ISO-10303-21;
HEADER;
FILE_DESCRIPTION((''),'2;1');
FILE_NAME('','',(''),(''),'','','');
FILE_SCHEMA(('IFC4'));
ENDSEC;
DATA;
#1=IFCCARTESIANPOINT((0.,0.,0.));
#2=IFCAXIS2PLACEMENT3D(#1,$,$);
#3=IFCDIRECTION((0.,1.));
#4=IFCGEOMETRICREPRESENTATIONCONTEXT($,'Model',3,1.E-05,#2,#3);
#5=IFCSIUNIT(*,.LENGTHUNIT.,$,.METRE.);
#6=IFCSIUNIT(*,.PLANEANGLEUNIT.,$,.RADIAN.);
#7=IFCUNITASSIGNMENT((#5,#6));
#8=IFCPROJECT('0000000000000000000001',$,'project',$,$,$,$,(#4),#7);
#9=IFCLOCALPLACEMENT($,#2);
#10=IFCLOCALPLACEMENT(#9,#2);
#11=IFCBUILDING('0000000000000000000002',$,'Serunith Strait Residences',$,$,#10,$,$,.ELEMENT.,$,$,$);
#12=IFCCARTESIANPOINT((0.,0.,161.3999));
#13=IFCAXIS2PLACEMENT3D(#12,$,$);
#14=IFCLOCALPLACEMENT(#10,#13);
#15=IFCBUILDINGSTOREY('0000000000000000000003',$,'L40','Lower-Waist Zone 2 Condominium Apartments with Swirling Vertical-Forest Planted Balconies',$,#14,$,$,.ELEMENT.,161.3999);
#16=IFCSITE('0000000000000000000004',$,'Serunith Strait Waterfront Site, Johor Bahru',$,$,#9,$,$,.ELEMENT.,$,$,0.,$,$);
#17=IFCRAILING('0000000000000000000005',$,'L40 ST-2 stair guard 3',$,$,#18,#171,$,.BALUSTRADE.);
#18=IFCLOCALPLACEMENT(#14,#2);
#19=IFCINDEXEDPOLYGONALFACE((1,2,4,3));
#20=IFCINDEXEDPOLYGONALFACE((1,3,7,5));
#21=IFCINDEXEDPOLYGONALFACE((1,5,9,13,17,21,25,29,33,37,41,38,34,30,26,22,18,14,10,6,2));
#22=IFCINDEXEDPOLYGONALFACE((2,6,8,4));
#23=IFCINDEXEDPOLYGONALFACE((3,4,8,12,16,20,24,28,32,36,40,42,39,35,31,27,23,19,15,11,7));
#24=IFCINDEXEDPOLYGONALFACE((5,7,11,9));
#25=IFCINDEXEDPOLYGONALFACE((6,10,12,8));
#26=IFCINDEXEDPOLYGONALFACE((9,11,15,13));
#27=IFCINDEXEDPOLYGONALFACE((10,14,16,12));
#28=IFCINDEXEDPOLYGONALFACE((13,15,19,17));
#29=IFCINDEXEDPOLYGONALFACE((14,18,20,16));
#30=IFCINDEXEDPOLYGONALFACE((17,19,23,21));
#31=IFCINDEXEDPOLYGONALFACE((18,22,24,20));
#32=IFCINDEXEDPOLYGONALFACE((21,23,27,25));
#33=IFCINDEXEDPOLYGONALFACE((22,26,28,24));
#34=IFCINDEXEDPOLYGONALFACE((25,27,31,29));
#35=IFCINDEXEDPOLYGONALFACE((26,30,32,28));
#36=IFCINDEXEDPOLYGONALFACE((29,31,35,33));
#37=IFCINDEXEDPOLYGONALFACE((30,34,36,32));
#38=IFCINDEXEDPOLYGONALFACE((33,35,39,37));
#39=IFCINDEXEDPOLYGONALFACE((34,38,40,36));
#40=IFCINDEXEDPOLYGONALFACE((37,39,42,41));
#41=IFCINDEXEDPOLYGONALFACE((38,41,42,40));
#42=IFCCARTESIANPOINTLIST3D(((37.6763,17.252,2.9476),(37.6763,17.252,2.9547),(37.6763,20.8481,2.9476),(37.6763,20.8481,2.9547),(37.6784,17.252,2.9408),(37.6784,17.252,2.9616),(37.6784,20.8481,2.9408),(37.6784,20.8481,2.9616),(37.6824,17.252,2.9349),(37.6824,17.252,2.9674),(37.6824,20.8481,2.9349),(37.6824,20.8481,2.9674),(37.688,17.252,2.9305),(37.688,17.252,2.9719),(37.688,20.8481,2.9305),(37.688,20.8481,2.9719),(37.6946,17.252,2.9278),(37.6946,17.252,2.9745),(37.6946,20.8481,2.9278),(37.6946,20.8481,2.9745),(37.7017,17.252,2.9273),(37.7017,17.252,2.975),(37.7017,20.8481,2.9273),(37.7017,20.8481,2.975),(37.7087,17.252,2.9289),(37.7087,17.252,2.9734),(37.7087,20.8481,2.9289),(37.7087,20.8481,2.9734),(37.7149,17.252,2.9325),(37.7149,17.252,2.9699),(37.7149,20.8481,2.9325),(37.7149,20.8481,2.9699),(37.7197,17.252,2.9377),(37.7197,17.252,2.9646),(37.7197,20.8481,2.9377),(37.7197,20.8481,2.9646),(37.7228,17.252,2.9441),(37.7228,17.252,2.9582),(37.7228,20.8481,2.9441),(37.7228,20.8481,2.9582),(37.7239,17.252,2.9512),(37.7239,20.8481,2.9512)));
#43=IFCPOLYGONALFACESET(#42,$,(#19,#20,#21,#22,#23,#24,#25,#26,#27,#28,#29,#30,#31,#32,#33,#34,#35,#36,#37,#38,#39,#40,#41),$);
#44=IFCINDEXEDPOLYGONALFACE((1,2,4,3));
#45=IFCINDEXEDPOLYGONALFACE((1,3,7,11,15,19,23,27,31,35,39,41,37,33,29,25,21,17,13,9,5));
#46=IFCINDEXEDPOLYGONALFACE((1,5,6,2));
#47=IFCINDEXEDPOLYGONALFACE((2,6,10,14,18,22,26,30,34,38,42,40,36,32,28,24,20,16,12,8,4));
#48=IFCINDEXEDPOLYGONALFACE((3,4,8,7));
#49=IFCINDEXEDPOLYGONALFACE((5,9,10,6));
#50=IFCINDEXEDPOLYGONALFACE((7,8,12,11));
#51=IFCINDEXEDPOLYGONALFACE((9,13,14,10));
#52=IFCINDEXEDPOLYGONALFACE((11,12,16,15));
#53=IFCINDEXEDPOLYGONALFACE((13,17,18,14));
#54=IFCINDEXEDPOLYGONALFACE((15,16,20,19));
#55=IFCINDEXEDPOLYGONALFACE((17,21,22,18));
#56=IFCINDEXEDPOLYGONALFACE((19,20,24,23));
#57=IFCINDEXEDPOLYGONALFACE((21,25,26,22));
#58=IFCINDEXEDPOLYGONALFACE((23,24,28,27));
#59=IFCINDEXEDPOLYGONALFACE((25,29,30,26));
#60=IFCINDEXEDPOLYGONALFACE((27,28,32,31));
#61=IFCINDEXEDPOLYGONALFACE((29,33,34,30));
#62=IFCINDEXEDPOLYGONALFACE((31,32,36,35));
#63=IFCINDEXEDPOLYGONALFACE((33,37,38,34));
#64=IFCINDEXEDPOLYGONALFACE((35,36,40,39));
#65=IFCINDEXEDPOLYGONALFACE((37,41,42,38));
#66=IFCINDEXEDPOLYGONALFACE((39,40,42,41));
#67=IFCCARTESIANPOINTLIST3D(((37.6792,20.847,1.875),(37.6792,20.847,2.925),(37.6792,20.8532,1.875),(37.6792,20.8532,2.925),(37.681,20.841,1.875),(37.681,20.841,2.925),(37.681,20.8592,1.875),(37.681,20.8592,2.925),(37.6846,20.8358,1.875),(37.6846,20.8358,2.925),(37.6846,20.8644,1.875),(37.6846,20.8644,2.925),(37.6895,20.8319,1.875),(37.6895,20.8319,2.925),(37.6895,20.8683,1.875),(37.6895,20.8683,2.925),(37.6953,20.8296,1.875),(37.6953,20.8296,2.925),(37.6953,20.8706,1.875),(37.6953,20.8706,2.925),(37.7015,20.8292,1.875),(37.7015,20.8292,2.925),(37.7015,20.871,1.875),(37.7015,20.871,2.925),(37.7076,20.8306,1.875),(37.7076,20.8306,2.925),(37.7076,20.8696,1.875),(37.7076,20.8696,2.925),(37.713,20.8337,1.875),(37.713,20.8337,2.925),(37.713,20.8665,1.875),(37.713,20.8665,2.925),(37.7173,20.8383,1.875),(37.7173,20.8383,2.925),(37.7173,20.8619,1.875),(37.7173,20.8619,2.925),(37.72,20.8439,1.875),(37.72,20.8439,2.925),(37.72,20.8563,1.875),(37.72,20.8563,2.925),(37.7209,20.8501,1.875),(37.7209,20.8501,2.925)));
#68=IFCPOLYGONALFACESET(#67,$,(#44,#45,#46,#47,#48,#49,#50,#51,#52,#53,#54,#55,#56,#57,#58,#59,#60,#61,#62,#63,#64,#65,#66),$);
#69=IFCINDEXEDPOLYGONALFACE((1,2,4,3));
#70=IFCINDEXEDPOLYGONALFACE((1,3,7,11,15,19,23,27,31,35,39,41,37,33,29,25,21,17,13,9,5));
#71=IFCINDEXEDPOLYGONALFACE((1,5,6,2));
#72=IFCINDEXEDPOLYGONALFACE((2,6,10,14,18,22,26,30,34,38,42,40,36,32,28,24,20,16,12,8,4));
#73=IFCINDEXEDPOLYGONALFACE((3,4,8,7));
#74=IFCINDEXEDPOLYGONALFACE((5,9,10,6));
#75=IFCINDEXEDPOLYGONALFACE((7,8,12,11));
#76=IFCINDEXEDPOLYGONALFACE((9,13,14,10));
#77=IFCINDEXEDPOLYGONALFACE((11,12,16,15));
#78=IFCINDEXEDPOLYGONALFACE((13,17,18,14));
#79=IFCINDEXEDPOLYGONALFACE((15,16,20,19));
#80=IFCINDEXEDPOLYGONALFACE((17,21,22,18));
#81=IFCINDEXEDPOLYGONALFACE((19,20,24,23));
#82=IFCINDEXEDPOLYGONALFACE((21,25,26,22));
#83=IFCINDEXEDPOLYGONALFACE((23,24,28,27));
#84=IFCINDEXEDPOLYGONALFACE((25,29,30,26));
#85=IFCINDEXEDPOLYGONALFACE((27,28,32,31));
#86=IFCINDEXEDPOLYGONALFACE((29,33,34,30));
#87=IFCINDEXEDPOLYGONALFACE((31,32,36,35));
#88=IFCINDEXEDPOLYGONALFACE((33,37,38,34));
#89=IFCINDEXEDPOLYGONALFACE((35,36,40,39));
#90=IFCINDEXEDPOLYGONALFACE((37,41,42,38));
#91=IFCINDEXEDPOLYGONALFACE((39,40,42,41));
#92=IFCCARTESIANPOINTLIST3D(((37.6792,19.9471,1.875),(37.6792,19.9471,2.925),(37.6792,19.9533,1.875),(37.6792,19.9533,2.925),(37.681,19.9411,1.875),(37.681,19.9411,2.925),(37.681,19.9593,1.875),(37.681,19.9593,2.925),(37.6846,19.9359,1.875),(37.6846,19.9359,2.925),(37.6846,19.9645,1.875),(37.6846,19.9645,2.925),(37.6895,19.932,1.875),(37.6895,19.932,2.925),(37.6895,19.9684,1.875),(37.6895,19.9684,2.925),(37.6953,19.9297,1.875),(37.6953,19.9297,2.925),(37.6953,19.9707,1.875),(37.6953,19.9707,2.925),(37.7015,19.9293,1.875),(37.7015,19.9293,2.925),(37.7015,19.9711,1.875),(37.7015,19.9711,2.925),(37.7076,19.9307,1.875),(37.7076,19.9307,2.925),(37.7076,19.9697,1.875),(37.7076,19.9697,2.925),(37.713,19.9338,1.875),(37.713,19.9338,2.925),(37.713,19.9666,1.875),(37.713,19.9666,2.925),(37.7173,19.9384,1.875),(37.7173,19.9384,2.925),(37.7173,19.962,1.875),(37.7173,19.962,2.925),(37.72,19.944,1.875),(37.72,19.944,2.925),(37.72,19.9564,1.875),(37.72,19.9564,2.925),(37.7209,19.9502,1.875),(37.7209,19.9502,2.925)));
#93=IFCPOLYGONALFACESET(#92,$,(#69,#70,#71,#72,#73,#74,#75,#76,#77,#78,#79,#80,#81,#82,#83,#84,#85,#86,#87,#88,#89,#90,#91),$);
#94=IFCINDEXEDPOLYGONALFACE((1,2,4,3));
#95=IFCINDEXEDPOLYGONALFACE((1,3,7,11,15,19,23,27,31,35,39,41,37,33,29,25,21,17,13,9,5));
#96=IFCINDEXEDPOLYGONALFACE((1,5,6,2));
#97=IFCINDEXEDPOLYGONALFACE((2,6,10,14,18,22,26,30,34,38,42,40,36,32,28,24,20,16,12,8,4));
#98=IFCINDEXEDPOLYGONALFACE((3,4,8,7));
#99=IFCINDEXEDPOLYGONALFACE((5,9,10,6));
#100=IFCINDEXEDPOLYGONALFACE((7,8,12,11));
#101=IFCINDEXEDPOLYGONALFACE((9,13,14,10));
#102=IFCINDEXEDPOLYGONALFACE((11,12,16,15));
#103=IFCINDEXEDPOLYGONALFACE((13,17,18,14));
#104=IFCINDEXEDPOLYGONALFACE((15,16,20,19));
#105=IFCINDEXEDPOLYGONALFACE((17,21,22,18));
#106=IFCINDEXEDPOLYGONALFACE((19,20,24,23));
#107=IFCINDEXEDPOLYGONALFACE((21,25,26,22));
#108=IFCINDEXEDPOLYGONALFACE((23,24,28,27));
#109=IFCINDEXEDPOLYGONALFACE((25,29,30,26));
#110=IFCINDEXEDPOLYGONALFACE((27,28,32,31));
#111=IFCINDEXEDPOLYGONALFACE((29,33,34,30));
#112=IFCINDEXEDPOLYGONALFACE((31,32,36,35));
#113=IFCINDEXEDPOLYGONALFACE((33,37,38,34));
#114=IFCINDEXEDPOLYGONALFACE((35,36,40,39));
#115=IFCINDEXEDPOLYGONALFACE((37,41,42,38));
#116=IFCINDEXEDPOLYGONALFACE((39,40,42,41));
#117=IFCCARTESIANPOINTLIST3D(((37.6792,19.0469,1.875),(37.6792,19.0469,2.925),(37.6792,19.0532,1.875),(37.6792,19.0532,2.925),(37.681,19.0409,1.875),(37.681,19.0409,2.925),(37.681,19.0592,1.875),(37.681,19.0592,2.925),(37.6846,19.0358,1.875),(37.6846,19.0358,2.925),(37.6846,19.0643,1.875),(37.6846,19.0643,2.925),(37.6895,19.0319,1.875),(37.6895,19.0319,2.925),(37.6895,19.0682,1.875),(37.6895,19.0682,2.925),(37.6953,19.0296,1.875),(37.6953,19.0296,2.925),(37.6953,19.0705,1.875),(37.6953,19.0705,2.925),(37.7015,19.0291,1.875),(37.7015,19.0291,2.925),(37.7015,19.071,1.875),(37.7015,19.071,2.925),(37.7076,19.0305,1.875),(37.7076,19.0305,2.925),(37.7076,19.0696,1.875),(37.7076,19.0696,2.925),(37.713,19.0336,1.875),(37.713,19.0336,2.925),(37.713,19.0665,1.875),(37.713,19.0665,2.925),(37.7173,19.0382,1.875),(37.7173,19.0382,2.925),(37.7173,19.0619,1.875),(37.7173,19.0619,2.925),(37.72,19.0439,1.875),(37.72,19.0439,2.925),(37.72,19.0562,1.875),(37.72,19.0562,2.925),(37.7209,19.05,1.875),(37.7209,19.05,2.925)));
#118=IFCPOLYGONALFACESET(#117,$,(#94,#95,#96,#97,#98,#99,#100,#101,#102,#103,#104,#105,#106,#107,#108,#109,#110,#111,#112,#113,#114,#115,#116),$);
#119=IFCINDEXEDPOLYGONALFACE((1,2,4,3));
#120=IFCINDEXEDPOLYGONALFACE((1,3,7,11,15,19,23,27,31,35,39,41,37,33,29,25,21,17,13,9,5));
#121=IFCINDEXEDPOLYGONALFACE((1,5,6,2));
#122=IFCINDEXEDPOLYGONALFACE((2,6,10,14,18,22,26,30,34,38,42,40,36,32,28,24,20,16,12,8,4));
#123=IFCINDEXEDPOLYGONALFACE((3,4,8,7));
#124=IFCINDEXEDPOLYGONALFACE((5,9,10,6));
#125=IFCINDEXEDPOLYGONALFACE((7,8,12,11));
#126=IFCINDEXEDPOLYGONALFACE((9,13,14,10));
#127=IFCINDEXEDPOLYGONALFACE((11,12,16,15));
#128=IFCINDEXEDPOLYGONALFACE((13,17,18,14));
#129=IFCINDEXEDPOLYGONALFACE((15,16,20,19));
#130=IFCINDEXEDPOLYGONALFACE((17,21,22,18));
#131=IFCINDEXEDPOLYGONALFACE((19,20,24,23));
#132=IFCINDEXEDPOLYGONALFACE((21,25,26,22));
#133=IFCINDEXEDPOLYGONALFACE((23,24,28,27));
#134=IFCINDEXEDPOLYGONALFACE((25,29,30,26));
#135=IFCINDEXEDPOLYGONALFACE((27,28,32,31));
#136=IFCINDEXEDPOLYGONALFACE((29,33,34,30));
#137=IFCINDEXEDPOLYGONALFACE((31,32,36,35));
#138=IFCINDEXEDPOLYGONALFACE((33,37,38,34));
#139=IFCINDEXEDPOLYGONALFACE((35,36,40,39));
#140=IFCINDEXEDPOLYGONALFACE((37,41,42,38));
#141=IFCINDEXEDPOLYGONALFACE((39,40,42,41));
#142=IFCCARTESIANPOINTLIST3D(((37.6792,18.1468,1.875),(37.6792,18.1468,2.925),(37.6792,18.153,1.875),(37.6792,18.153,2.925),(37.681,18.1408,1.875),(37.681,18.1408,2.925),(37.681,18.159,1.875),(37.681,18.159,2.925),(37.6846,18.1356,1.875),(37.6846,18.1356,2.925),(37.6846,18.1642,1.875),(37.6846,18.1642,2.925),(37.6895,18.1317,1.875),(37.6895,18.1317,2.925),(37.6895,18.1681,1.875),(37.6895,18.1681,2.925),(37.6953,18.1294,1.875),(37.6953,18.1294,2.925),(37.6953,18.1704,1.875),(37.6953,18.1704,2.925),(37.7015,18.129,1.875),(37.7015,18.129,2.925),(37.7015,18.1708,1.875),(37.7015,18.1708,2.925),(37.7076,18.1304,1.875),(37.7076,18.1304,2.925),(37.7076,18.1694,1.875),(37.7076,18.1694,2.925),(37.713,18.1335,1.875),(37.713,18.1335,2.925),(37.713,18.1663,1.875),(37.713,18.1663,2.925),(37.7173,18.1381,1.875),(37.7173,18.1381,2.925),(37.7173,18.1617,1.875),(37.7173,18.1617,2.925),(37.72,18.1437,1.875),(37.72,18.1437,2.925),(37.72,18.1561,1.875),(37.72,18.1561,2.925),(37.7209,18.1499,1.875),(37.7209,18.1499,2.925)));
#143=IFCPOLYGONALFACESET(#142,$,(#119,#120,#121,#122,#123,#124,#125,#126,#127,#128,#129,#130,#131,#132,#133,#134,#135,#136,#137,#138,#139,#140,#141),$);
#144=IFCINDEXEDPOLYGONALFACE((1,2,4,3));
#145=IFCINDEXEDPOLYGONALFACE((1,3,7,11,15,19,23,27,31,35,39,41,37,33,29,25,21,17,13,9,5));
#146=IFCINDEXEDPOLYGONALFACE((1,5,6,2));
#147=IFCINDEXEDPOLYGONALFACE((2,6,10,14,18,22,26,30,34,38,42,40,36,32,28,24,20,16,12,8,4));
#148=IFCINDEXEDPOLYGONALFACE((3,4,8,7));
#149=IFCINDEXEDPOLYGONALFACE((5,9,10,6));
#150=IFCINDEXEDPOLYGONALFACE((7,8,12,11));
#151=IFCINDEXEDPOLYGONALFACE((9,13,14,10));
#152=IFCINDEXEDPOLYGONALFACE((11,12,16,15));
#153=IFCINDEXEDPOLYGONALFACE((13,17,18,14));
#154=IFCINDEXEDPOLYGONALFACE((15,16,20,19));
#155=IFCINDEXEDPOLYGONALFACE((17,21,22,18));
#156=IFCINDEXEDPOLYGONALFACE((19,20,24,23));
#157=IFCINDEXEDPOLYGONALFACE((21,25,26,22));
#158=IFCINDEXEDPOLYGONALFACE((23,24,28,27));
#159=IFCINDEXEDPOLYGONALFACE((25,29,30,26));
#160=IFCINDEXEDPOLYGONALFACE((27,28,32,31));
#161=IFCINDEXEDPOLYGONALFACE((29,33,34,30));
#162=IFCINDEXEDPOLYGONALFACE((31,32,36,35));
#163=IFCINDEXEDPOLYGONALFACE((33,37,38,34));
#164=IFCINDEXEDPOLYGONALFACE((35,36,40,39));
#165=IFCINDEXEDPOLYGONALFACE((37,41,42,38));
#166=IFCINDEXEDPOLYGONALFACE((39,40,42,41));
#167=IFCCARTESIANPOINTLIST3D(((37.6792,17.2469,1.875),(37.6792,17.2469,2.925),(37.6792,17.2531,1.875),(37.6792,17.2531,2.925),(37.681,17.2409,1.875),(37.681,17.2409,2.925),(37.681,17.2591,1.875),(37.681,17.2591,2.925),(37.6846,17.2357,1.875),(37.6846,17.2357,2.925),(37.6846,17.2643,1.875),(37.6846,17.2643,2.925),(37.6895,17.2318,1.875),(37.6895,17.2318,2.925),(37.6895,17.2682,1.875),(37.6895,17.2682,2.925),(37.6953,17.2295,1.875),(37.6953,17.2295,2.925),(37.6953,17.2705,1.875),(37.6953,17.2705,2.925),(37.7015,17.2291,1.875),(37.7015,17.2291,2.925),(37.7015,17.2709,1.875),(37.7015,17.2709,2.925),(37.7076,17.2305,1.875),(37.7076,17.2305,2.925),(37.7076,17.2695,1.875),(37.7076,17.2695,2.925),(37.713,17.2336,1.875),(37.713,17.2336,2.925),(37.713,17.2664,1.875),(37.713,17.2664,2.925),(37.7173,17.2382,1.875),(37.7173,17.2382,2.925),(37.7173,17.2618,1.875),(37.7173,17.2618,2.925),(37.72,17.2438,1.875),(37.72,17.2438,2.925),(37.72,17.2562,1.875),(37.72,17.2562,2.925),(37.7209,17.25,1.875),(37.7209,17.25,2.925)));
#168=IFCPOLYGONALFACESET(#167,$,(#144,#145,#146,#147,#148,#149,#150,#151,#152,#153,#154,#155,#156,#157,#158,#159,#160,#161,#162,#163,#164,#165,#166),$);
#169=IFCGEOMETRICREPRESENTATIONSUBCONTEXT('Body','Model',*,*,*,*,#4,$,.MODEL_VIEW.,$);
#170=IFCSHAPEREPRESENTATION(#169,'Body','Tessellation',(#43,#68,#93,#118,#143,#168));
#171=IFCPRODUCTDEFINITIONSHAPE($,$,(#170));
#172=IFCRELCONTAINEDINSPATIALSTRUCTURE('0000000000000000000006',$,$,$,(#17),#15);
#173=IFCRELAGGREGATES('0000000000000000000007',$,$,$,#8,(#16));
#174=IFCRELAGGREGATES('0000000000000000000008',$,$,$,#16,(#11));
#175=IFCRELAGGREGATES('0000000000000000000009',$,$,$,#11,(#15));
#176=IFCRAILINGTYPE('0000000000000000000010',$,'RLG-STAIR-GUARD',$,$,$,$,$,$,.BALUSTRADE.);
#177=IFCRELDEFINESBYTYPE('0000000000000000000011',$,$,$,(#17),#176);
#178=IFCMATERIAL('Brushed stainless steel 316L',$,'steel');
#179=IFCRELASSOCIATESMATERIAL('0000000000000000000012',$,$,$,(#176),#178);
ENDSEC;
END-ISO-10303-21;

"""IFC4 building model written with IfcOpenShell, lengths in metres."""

from ifc_helpers import new_model, si_unit, direction, frame, origin, origin_2d, place, context, subcontext, project, spatial, circle, extrude, material, type_object, element, save


model = new_model("IFC4")

# Units and contexts
model_context = context("Model", 3, precision=1e-05, world=origin(), true_north=direction((0.0, 1.0)))
body_context = subcontext(model_context, "Body", "Model", "MODEL_VIEW")
ifc_project = project(units=[si_unit("LENGTHUNIT", "METRE"), si_unit("PLANEANGLEUNIT", "RADIAN")], contexts=[model_context])

# Site, building, storey
site_placement = place(None, origin())
site = spatial("IfcSite", under=ifc_project, at=site_placement, Name="Serunith Strait Waterfront Site, Johor Bahru", CompositionType="ELEMENT", RefElevation=0.0)
building_placement = place(site_placement, origin())
building = spatial("IfcBuilding", under=site, at=building_placement, Name="Serunith Strait Residences", CompositionType="ELEMENT")
storey_placement = place(building_placement, frame((0.0, 0.0, 161.3999)))
storey = spatial("IfcBuildingStorey", under=building, at=storey_placement, Name="L40", Description="Lower-Waist Zone 2 Condominium Apartments with Swirling Vertical-Forest Planted Balconies", CompositionType="ELEMENT", Elevation=161.3999)

# Railing
ifc_material_1 = material(Name="Brushed stainless steel 316L", Category="steel")
railing_type_1 = type_object("IfcRailingType", Name="RLG-STAIR-GUARD", PredefinedType="BALUSTRADE", material=ifc_material_1)
for number, where, name in (
    (1, (37.7, 20.8501, 1.875), "L40 ST-2 stair guard 3"),
):
    element("IfcRailing", number, at=place(storey_placement, frame(where)), inside=storey, type_object=railing_type_1, Name=name, PredefinedType="BALUSTRADE", context=body_context, shape_type="SweptSolid", body=[
        extrude(circle(Radius=0.0239, at=origin_2d()), frame((0.0, -0.002, 1.0762), z_axis=(0.0, -1.0, 0.0), x_axis=(1.0, 0.0, 0.0)), (0.0, 0.0, 1.0), 3.5962),
        extrude(circle(Radius=0.021, at=origin_2d()), origin(), (0.0, 0.0, 1.0), 1.05),
        extrude(circle(Radius=0.021, at=origin_2d()), frame((0.0, -0.8999, 0.0)), (0.0, 0.0, 1.0), 1.05),
        extrude(circle(Radius=0.021, at=origin_2d()), frame((0.0, -1.8, 0.0)), (0.0, 0.0, 1.0), 1.05),
        extrude(circle(Radius=0.021, at=origin_2d()), frame((0.0, -2.7002, 0.0)), (0.0, 0.0, 1.0), 1.05),
        extrude(circle(Radius=0.021, at=origin_2d()), frame((0.0, -3.6001, 0.0)), (0.0, 0.0, 1.0), 1.05),
    ])

save(model, "model.ifc")
